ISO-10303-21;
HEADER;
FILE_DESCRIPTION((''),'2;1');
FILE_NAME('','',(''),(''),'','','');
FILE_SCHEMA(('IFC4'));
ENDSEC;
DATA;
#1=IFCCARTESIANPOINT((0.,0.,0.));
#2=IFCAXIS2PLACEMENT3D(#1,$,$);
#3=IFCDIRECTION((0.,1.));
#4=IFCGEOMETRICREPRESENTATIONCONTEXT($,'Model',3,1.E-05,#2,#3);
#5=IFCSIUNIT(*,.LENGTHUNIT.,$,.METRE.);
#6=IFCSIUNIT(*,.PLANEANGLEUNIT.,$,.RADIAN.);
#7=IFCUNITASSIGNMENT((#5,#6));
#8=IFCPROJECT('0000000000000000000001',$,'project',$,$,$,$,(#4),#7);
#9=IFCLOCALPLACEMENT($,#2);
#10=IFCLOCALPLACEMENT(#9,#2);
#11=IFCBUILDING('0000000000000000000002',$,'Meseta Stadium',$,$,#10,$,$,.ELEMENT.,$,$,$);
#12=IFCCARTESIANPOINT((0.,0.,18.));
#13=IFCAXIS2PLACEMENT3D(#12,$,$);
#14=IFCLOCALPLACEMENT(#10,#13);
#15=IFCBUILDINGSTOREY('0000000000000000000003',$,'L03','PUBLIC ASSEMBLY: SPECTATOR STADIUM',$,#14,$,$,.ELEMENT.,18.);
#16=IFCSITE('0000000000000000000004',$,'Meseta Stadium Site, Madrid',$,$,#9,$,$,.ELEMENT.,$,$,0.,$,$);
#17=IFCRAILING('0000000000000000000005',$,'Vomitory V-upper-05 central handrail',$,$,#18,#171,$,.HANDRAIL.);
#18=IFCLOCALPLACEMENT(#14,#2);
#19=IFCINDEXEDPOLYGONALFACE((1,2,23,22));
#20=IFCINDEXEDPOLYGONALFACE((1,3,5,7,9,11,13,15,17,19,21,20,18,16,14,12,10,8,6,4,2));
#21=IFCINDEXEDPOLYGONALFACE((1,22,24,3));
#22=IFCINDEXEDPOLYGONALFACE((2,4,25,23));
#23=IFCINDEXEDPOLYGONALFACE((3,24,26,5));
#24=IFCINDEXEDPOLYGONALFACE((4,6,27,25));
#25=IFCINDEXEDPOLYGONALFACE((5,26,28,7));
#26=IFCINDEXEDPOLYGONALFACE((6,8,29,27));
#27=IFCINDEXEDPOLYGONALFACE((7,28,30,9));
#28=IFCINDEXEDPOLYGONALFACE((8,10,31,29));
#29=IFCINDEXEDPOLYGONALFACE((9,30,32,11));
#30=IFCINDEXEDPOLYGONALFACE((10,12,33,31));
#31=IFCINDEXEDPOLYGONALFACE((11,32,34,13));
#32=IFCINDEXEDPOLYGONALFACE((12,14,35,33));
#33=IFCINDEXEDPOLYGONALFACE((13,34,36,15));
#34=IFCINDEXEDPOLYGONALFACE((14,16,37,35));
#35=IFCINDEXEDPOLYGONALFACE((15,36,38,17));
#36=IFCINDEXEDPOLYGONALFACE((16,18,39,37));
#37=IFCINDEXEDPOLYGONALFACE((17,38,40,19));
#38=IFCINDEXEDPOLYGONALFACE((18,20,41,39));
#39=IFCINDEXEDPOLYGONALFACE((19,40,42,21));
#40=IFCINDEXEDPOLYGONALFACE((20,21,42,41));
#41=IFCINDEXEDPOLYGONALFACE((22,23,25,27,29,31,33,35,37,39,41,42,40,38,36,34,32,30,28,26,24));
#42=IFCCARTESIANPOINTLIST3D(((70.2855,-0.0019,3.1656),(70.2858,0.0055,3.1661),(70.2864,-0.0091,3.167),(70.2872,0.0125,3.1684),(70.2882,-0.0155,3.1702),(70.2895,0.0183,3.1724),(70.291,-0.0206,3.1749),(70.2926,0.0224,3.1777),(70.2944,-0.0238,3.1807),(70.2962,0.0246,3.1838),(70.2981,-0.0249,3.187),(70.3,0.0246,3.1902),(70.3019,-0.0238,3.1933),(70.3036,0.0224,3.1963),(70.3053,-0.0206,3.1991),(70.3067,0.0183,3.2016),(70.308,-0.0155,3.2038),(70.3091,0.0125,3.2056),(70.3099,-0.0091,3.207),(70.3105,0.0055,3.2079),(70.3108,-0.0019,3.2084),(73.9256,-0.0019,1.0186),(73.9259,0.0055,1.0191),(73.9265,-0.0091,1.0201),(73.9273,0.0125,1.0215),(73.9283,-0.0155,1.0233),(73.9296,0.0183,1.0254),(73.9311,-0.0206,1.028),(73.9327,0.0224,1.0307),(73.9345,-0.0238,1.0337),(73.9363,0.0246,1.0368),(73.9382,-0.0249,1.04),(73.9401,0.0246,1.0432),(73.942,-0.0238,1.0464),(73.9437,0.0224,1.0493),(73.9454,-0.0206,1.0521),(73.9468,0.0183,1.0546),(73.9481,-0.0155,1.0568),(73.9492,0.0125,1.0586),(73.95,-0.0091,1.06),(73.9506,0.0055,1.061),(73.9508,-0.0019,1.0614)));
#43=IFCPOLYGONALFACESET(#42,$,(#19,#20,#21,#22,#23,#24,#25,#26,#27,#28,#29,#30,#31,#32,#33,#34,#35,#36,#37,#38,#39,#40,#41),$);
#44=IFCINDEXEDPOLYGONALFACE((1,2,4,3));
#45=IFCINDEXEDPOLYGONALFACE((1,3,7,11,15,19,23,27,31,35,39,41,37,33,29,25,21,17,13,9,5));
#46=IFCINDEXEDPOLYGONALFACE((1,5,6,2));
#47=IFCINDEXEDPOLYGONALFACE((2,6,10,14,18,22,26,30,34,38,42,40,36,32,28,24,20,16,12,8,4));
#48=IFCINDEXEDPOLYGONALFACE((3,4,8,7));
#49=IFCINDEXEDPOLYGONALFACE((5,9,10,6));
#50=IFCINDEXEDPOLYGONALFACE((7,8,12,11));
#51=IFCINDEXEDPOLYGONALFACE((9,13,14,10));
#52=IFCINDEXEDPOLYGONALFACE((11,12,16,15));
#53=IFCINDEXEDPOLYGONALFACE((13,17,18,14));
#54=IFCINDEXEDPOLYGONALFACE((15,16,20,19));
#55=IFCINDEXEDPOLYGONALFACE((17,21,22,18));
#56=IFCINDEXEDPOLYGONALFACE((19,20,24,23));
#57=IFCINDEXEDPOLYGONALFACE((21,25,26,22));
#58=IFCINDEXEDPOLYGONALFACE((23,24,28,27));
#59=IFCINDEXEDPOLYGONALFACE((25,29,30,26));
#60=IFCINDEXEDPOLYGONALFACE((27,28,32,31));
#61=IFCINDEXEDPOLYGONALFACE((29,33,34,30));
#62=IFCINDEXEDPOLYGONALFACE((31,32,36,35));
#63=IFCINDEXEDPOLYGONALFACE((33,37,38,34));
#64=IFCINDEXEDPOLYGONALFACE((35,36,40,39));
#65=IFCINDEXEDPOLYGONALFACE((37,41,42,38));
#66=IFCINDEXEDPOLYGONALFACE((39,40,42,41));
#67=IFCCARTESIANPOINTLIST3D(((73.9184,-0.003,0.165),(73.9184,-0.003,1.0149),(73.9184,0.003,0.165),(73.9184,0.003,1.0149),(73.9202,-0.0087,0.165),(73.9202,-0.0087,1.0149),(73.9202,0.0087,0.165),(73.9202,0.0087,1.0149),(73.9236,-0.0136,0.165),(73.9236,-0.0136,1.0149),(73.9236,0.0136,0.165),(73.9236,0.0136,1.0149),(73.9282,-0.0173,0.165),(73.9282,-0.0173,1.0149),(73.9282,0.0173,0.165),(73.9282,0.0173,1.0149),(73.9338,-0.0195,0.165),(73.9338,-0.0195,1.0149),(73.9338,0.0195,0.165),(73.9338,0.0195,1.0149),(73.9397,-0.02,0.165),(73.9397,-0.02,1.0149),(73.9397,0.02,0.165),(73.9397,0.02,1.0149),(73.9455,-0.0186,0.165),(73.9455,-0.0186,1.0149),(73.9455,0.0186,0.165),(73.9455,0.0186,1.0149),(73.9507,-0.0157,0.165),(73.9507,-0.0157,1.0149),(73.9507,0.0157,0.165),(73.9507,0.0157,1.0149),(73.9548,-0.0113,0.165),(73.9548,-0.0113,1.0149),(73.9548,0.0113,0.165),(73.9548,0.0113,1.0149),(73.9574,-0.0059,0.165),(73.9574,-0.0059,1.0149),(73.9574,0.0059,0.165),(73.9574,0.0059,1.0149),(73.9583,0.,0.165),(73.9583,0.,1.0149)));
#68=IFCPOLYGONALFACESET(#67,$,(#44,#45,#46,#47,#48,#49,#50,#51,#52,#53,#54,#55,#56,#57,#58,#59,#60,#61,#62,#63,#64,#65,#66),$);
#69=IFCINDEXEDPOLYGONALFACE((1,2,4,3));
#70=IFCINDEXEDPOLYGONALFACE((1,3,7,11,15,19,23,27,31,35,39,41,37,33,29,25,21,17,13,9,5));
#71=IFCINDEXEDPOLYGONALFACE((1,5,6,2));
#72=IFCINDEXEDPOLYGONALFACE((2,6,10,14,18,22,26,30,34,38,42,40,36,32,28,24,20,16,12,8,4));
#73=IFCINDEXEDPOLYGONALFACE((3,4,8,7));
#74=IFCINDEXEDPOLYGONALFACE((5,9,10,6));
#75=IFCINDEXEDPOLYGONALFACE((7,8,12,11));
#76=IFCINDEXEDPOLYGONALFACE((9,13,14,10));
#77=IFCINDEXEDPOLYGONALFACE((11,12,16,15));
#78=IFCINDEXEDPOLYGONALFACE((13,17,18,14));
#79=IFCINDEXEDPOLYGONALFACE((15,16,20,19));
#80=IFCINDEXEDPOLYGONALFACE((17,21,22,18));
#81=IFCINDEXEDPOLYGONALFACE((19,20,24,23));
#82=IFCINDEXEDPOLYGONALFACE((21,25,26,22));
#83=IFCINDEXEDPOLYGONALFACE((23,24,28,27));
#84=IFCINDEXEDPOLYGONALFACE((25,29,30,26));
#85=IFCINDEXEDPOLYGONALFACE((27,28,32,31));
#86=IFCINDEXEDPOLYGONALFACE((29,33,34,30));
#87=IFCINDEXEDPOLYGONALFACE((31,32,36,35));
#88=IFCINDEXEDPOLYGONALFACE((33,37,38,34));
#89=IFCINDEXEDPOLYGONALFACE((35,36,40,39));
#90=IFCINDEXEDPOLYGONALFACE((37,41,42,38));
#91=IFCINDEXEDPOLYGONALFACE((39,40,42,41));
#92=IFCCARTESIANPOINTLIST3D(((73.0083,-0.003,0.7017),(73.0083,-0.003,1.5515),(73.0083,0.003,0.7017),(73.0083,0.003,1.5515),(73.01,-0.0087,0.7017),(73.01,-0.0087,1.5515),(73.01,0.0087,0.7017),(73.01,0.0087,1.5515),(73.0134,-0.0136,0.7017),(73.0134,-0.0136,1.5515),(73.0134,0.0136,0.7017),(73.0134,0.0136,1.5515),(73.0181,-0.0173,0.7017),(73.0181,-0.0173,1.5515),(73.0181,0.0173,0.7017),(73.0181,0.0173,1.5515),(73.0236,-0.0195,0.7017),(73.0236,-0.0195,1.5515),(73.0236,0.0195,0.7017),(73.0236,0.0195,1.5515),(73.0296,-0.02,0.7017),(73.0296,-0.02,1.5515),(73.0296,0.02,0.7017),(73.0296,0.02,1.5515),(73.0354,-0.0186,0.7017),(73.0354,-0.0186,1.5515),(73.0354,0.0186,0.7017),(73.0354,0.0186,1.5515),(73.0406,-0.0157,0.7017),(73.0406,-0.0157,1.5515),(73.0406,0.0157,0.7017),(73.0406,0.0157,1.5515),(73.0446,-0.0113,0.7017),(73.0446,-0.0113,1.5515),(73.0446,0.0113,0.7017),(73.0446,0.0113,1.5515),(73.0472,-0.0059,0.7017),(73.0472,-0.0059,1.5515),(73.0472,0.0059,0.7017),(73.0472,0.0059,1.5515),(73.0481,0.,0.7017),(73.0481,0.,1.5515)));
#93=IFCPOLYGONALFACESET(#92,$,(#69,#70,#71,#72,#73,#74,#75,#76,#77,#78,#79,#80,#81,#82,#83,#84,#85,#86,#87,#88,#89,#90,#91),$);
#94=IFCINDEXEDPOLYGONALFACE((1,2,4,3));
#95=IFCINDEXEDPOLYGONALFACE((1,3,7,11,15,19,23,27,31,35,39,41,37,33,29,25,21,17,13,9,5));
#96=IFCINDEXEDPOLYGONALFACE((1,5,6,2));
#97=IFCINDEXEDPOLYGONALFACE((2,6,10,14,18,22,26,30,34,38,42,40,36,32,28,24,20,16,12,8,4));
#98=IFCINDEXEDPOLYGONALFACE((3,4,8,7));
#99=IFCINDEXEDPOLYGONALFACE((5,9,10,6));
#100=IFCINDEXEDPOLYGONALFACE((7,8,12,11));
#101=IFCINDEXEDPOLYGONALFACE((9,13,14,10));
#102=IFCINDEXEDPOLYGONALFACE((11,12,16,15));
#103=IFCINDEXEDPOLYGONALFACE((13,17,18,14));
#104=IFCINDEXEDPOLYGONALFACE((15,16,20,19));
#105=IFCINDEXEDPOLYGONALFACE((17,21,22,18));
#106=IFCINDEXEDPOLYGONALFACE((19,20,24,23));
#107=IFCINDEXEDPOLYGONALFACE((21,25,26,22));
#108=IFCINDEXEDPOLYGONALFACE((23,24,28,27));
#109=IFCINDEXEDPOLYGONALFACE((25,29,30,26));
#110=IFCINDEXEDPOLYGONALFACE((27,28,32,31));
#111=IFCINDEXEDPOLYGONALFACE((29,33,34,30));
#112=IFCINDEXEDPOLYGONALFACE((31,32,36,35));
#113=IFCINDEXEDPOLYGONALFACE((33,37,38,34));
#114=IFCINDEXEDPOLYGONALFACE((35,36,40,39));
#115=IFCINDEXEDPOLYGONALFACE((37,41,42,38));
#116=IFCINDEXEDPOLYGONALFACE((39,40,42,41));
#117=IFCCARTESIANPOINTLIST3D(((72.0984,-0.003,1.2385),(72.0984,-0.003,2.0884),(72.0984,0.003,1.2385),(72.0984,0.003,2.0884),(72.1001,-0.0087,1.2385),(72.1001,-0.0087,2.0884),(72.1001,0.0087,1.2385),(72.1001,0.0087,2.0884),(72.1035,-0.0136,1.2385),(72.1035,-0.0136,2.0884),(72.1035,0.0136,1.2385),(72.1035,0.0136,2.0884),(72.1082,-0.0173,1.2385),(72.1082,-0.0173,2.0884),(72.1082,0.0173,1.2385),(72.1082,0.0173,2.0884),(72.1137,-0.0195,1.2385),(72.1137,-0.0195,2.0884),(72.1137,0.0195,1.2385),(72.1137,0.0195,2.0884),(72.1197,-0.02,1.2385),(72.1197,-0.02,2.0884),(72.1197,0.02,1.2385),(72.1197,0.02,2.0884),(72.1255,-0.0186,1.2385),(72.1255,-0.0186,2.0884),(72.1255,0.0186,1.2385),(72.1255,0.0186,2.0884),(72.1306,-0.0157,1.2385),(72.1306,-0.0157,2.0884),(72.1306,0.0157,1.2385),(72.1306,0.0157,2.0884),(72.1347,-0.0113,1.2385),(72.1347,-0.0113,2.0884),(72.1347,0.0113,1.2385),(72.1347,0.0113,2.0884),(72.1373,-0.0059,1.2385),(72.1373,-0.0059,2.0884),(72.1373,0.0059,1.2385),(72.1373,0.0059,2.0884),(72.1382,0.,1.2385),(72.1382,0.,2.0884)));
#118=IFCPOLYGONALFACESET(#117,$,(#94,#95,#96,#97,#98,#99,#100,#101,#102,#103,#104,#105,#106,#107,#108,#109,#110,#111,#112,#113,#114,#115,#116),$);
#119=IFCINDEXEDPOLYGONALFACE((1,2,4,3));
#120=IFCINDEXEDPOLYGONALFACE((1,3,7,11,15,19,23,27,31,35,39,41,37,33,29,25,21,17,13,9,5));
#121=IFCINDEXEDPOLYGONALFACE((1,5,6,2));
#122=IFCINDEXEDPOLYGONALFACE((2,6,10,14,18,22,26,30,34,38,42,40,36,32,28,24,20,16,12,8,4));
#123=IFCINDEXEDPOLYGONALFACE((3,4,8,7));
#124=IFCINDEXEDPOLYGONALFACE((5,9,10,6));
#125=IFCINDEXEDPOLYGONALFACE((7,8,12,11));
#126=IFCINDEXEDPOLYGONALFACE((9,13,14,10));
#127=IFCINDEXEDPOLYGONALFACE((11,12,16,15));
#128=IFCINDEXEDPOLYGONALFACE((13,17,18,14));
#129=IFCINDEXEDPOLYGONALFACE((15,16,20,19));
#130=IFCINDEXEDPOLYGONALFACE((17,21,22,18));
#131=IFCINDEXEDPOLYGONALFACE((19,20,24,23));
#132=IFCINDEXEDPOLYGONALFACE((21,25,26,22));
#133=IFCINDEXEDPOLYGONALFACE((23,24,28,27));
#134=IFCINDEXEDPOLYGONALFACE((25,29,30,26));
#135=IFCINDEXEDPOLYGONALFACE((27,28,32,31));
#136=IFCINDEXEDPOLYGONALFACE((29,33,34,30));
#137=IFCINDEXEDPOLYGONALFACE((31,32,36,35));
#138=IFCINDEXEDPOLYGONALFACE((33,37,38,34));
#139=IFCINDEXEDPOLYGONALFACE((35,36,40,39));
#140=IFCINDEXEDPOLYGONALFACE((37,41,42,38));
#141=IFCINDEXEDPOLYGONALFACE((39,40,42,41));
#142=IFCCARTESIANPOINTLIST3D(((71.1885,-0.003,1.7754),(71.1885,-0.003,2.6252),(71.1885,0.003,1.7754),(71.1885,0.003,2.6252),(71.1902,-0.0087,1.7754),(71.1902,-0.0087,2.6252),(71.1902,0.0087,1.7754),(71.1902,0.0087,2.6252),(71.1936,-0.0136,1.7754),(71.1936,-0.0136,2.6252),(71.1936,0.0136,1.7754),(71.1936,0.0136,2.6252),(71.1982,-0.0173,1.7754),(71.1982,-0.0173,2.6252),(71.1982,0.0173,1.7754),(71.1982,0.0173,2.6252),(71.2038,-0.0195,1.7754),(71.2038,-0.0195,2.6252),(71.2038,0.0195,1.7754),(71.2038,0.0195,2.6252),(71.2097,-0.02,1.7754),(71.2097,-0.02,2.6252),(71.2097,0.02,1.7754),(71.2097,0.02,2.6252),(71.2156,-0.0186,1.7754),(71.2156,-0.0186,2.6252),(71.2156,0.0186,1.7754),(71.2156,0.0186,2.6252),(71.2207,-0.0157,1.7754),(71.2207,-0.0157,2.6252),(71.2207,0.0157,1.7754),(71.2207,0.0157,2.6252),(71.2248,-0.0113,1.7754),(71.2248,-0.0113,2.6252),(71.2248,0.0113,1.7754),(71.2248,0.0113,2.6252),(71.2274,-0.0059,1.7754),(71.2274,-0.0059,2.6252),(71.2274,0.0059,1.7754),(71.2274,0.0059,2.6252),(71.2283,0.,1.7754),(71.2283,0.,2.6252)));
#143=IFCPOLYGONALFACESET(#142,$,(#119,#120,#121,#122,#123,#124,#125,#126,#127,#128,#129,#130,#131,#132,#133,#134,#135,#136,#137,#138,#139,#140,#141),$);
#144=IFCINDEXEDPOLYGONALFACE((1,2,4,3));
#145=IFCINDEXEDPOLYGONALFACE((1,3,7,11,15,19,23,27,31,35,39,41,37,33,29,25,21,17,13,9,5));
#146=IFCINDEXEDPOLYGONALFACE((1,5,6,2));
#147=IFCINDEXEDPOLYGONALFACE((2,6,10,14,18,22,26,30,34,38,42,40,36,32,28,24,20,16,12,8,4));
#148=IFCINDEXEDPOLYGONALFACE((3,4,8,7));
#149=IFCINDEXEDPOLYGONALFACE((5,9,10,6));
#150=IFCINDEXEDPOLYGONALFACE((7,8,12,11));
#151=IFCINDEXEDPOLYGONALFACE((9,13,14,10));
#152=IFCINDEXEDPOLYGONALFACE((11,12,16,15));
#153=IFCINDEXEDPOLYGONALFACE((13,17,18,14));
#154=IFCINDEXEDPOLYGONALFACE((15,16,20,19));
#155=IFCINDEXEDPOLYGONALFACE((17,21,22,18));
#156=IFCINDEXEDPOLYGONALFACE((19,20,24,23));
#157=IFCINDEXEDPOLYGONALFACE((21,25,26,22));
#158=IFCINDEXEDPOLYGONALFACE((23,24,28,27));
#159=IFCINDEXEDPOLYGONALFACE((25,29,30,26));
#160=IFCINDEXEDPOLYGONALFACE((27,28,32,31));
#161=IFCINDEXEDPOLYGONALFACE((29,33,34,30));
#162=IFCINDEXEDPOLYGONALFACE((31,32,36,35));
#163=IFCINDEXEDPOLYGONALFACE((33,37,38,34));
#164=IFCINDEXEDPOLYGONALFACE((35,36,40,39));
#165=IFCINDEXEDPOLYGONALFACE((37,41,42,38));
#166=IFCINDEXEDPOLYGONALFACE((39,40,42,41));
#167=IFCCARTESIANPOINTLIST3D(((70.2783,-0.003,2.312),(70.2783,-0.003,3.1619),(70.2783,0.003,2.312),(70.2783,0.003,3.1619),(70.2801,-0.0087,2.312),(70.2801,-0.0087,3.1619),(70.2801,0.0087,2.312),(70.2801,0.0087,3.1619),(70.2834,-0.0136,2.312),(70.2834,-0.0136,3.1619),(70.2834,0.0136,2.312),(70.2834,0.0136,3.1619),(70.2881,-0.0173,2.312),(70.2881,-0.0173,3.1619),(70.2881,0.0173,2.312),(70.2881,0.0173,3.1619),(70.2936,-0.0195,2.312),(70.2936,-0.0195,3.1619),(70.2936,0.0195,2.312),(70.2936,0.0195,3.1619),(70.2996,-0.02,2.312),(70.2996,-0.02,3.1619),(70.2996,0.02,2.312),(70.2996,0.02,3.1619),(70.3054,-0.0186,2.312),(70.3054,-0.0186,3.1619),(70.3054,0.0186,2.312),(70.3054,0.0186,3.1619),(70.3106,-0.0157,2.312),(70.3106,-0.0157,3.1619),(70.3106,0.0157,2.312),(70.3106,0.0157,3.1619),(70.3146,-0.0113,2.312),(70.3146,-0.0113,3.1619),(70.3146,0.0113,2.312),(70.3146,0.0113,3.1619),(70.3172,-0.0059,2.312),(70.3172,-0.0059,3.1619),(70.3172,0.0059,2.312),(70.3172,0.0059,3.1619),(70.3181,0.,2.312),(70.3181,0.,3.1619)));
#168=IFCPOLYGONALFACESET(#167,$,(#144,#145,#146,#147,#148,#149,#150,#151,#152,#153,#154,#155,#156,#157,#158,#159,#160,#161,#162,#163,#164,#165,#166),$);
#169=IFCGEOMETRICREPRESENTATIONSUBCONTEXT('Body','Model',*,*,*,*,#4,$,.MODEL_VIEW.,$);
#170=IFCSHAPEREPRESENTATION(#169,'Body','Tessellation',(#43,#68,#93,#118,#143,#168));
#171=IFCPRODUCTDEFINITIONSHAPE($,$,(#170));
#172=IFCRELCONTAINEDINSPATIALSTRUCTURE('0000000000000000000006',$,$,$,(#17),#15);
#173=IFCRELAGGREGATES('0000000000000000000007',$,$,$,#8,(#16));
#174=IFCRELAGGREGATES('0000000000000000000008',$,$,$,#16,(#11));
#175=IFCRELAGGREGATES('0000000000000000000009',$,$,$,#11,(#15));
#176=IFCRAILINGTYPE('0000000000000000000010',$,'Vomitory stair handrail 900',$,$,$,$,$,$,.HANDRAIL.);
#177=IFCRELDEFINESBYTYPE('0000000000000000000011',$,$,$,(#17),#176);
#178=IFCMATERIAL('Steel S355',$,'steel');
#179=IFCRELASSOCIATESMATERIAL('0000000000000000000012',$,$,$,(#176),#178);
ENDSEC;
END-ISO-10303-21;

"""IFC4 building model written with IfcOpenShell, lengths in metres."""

from ifc_helpers import new_model, si_unit, direction, frame, origin, origin_2d, place, context, subcontext, project, spatial, circle, extrude, material, type_object, element, save


model = new_model("IFC4")

# Units and contexts
model_context = context("Model", 3, precision=1e-05, world=origin(), true_north=direction((0.0, 1.0)))
body_context = subcontext(model_context, "Body", "Model", "MODEL_VIEW")
ifc_project = project(units=[si_unit("LENGTHUNIT", "METRE"), si_unit("PLANEANGLEUNIT", "RADIAN")], contexts=[model_context])

# Site, building, storey
site_placement = place(None, origin())
site = spatial("IfcSite", under=ifc_project, at=site_placement, Name="Meseta Stadium Site, Madrid", CompositionType="ELEMENT", RefElevation=0.0)
building_placement = place(site_placement, origin())
building = spatial("IfcBuilding", under=site, at=building_placement, Name="Meseta Stadium", CompositionType="ELEMENT")
storey_placement = place(building_placement, frame((0.0, 0.0, 18.0)))
storey = spatial("IfcBuildingStorey", under=building, at=storey_placement, Name="L03", Description="PUBLIC ASSEMBLY: SPECTATOR STADIUM", CompositionType="ELEMENT", Elevation=18.0)

# Railing
ifc_material_1 = material(Name="Steel S355", Category="steel")
railing_type_1 = type_object("IfcRailingType", Name="Vomitory stair handrail 900", PredefinedType="HANDRAIL", material=ifc_material_1)
railing_1_placement = place(storey_placement, frame((73.9382, 0.0, 0.165)))
element("IfcRailing", 1, at=railing_1_placement, inside=storey, type_object=railing_type_1, Name="Vomitory V-upper-05 central handrail", PredefinedType="HANDRAIL", context=body_context, shape_type="SweptSolid", body=[
    extrude(circle(Radius=0.0249, at=origin_2d()), frame((0.0, 0.0, 0.875), z_axis=(-0.861343, 0.0, 0.508025), x_axis=(0.0, -1.0, 0.0)), (0.0, 0.0, 1.0), 4.2261),
    extrude(circle(Radius=0.02, at=origin_2d()), origin(), (0.0, 0.0, 1.0), 0.8499),
    extrude(circle(Radius=0.02, at=origin_2d()), frame((-0.9102, 0.0, 0.5366)), (0.0, 0.0, 1.0), 0.8499),
    extrude(circle(Radius=0.02, at=origin_2d()), frame((-1.8201, 0.0, 1.0735)), (0.0, 0.0, 1.0), 0.8499),
    extrude(circle(Radius=0.02, at=origin_2d()), frame((-2.73, 0.0, 1.6104)), (0.0, 0.0, 1.0), 0.8499),
    extrude(circle(Radius=0.02, at=origin_2d()), frame((-3.6401, 0.0, 2.147)), (0.0, 0.0, 1.0), 0.8499),
])

save(model, "model.ifc")
